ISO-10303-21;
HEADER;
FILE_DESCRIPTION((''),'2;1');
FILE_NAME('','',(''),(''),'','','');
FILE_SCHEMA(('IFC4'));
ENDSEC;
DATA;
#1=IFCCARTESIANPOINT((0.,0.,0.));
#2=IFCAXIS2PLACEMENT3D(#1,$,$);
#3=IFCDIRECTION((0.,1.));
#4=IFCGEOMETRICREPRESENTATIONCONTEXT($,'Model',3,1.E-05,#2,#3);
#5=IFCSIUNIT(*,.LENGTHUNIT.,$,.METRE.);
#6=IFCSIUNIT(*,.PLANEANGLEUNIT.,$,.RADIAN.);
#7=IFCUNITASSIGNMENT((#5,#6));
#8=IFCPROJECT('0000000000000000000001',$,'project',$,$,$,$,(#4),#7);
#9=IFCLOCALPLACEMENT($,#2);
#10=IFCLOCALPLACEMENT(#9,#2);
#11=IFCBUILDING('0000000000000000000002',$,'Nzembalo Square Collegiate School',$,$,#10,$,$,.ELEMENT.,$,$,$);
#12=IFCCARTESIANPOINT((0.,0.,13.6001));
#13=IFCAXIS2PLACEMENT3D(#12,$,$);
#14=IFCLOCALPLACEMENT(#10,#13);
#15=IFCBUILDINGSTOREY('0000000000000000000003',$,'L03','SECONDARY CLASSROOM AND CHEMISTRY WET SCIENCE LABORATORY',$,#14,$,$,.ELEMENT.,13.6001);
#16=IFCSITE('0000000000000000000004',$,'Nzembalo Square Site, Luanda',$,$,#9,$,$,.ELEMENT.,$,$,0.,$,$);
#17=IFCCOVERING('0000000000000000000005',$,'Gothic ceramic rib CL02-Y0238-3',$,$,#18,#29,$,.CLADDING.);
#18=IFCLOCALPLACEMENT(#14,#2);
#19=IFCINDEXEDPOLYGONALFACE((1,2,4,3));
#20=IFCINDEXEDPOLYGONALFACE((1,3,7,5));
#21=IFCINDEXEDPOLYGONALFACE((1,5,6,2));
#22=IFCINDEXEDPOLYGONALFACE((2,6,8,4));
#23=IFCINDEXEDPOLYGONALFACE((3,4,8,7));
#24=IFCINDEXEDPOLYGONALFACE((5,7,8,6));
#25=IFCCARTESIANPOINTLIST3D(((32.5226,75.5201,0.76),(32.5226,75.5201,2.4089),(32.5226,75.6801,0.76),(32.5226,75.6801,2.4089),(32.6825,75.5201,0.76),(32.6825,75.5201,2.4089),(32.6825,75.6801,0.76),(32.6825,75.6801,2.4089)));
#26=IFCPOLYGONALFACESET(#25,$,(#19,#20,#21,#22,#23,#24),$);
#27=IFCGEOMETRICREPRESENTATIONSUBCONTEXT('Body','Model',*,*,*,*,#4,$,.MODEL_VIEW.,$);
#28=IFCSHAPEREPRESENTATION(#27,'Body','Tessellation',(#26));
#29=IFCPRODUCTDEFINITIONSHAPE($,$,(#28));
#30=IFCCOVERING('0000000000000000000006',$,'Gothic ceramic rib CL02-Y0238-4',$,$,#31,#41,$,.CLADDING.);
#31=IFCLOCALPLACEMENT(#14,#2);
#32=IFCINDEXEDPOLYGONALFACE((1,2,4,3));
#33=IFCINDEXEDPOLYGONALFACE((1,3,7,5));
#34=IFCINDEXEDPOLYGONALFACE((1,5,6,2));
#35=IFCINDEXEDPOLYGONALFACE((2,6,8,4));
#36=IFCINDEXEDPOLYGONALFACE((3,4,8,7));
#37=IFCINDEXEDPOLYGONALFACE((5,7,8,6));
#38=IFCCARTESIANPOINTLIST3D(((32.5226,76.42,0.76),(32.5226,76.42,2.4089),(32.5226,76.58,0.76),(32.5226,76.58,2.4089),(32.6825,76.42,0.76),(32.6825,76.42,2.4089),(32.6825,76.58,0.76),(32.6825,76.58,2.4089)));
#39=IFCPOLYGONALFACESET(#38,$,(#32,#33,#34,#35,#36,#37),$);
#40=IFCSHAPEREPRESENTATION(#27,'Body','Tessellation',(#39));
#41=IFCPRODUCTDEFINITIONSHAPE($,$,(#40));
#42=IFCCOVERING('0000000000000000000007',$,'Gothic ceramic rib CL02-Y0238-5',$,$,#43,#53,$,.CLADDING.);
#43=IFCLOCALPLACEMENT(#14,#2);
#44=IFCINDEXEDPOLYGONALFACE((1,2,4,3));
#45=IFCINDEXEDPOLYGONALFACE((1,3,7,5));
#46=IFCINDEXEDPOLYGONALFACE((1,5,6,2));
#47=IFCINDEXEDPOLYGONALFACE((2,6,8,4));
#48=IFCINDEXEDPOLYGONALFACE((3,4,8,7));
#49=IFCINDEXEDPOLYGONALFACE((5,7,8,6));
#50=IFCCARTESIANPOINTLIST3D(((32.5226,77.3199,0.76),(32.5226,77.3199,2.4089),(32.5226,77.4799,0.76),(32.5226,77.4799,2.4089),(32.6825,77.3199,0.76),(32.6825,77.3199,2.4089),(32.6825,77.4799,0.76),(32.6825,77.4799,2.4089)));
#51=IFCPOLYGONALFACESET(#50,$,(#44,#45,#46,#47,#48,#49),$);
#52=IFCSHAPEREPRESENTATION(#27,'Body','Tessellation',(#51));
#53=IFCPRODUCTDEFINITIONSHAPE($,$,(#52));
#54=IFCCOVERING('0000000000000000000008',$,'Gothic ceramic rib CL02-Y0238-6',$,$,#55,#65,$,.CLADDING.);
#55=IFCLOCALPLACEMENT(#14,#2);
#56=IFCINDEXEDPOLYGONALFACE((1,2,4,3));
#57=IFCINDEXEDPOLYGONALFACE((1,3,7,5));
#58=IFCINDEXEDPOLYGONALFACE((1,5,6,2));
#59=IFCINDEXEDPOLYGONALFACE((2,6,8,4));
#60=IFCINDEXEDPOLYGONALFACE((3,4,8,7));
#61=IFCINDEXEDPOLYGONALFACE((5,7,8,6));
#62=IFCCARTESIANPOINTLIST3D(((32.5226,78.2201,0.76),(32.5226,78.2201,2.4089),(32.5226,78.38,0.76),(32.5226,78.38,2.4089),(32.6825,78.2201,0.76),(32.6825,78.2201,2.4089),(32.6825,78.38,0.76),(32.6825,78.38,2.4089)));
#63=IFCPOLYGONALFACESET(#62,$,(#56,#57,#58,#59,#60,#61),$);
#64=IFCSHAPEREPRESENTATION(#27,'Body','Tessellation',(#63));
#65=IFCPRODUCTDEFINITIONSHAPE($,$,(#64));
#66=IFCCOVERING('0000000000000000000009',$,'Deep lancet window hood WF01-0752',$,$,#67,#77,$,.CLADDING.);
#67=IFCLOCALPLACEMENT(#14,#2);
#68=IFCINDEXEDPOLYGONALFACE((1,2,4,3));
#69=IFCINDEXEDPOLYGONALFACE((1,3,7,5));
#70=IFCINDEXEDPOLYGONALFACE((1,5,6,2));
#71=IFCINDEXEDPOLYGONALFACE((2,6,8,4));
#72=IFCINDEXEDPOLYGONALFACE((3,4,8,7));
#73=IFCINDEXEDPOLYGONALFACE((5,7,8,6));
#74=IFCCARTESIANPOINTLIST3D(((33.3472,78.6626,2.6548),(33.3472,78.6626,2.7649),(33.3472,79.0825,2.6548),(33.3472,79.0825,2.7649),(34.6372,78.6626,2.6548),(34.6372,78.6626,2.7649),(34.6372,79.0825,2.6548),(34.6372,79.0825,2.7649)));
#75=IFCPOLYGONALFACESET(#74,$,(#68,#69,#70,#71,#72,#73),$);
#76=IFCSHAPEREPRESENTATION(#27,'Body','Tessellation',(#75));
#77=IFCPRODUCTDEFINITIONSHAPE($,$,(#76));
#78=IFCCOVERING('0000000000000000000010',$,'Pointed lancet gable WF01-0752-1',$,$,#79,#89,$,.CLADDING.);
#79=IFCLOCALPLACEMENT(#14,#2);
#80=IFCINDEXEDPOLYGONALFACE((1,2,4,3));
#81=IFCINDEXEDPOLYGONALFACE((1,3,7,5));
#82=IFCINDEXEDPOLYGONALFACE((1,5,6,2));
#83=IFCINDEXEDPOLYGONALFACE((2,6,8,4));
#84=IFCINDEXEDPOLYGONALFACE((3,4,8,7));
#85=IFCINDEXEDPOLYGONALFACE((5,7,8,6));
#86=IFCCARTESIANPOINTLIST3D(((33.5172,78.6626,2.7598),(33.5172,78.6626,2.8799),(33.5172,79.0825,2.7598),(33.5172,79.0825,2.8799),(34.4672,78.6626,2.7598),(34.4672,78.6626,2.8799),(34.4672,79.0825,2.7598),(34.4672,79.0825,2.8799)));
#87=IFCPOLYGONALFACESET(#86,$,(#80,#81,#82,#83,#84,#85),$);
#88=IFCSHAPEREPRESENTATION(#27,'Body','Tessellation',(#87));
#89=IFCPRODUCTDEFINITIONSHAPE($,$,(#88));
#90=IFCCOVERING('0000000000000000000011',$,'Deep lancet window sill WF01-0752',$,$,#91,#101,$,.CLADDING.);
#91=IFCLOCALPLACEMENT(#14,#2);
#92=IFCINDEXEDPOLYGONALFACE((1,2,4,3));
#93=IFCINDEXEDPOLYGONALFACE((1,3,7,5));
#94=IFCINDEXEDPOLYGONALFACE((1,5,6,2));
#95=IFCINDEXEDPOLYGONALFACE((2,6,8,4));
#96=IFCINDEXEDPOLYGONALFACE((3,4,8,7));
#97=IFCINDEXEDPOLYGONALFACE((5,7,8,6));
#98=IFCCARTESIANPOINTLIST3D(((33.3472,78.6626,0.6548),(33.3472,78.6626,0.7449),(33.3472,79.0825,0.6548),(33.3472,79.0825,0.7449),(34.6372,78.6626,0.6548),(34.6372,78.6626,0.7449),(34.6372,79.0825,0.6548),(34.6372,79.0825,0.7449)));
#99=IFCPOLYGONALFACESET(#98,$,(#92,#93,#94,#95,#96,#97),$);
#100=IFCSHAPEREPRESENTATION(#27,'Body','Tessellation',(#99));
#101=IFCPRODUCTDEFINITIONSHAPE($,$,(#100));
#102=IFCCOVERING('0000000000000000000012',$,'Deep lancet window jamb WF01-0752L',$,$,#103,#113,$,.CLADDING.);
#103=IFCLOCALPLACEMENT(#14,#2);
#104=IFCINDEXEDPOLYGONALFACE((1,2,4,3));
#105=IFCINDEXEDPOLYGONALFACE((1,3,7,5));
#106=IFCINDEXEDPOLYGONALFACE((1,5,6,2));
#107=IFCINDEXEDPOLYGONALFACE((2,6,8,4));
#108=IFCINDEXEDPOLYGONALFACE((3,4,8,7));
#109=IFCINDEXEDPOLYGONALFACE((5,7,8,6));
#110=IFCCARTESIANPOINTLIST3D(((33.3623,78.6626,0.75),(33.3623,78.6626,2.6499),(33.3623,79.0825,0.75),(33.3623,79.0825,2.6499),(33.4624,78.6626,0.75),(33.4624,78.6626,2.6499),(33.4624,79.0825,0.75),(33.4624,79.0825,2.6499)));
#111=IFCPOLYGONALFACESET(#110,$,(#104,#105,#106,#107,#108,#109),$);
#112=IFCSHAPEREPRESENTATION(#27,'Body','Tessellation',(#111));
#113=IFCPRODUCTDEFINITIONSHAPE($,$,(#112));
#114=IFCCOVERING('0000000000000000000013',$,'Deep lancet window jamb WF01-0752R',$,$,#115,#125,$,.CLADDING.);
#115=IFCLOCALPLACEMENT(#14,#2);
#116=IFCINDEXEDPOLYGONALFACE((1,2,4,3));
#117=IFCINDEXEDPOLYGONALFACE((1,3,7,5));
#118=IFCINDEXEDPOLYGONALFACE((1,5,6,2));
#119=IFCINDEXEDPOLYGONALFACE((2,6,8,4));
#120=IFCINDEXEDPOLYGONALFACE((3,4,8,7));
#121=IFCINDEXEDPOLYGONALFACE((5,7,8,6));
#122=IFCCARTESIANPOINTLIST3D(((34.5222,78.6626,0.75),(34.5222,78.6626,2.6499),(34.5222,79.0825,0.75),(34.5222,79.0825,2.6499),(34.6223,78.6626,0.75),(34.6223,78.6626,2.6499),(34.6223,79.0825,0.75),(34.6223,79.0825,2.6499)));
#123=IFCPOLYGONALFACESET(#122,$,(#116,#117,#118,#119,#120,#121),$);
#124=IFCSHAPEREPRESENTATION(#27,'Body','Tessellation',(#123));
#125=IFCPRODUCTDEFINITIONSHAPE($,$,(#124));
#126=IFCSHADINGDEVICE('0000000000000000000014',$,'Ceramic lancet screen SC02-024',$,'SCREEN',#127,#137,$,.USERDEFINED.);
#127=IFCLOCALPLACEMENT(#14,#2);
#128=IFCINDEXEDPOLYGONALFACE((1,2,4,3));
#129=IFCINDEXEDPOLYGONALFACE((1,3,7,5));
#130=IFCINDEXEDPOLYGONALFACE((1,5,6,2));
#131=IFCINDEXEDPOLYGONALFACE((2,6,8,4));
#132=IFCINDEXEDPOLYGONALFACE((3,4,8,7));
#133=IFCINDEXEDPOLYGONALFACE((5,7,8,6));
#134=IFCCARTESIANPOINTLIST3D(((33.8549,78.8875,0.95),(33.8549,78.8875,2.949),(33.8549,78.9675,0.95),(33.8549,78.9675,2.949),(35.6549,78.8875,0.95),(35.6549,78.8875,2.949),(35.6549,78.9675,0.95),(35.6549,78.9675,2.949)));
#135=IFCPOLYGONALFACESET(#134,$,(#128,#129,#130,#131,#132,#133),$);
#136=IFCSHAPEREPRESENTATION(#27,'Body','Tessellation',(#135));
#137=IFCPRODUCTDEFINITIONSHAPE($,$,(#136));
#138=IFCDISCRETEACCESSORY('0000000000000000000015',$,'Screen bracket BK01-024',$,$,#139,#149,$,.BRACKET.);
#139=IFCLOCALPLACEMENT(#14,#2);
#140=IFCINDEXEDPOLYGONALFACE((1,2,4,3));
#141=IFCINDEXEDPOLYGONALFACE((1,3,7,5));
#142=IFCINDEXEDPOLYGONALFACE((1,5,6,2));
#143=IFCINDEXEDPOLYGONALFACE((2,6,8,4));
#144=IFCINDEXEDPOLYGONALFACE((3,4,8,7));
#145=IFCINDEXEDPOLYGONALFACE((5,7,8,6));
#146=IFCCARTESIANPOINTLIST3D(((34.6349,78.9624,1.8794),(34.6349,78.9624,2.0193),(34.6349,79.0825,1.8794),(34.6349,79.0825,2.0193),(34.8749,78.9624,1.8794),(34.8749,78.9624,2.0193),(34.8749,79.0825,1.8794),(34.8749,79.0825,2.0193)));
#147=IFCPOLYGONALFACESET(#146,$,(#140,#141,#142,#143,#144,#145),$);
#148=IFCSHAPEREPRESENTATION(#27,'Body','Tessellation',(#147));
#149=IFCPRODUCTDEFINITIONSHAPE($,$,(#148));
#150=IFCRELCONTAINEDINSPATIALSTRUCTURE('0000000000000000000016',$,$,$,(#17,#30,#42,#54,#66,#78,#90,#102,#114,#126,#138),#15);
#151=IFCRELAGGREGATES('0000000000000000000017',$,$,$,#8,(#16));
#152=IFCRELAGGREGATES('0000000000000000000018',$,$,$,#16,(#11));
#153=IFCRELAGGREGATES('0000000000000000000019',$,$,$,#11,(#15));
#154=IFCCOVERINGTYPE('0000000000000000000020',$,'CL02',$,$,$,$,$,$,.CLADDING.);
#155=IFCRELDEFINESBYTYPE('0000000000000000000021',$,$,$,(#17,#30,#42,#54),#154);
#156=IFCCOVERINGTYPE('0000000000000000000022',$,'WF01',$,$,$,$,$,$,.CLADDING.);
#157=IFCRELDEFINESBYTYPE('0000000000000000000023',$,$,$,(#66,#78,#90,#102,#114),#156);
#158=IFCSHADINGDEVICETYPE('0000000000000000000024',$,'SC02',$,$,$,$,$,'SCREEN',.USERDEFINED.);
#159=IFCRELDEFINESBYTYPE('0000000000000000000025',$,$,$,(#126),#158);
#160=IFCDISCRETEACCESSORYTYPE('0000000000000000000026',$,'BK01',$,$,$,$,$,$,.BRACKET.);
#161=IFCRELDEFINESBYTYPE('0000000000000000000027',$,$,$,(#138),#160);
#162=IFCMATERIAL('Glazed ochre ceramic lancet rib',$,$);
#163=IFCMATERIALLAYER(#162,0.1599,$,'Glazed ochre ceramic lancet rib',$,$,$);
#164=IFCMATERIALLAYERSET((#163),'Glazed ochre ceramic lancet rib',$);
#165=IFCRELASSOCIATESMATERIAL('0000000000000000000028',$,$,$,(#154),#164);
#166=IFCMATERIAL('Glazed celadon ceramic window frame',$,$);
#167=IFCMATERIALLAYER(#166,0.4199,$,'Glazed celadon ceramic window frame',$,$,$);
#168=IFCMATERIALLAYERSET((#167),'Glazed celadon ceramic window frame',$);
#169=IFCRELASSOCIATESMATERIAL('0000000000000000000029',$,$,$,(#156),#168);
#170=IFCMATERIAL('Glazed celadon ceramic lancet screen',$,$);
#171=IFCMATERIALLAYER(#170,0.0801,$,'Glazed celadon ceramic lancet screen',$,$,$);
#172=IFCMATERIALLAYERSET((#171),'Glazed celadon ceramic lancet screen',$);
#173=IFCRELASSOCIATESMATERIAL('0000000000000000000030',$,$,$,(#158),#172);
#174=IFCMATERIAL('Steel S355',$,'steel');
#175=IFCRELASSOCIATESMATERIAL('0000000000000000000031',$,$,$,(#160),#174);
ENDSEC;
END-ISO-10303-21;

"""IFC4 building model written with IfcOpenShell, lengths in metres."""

from ifc_helpers import new_model, si_unit, direction, frame, origin, origin_2d, place, context, subcontext, project, spatial, rectangle, extrude, material, layer, layer_set, type_object, element, save


model = new_model("IFC4")

# Units and contexts
model_context = context("Model", 3, precision=1e-05, world=origin(), true_north=direction((0.0, 1.0)))
body_context = subcontext(model_context, "Body", "Model", "MODEL_VIEW")
ifc_project = project(units=[si_unit("LENGTHUNIT", "METRE"), si_unit("PLANEANGLEUNIT", "RADIAN")], contexts=[model_context])

# Site, building, storey
site_placement = place(None, origin())
site = spatial("IfcSite", under=ifc_project, at=site_placement, Name="Nzembalo Square Site, Luanda", CompositionType="ELEMENT", RefElevation=0.0)
building_placement = place(site_placement, origin())
building = spatial("IfcBuilding", under=site, at=building_placement, Name="Nzembalo Square Collegiate School", CompositionType="ELEMENT")
storey_placement = place(building_placement, frame((0.0, 0.0, 13.6001)))
storey = spatial("IfcBuildingStorey", under=building, at=storey_placement, Name="L03", Description="SECONDARY CLASSROOM AND CHEMISTRY WET SCIENCE LABORATORY", CompositionType="ELEMENT", Elevation=13.6001)

# Coverings
ifc_material_1 = material(Name="Glazed ochre ceramic lancet rib")
ifc_layer_1 = layer(ifc_material_1, 0.1599, Name="Glazed ochre ceramic lancet rib")
ifc_layer_set_1 = layer_set([ifc_layer_1], Name="Glazed ochre ceramic lancet rib")
covering_type_1 = type_object("IfcCoveringType", Name="CL02", PredefinedType="CLADDING", material=ifc_layer_set_1)
for number, where, z_axis, x_axis, name in (
    (1, (32.6025, 75.6001, 0.76), (0.0, 0.0, 1.0), (1.0, 0.0, 0.0), "Gothic ceramic rib CL02-Y0238-3"),
    (2, (32.6025, 76.5, 0.76), (0.0, 0.0, 1.0), (1.0, 0.0, 0.0), "Gothic ceramic rib CL02-Y0238-4"),
    (3, (32.6025, 77.3999, 0.76), (0.0, 0.0, 1.0), (1.0, 0.0, 0.0), "Gothic ceramic rib CL02-Y0238-5"),
    (4, (32.6025, 78.3, 0.76), (0.0, 0.0, 1.0), (1.0, 0.0, 0.0), "Gothic ceramic rib CL02-Y0238-6"),
):
    element("IfcCovering", number, at=place(storey_placement, frame(where, z_axis=z_axis, x_axis=x_axis)), inside=storey, type_object=covering_type_1, Name=name, PredefinedType="CLADDING", context=body_context, shape_type="SweptSolid", body=[
        extrude(rectangle(XDim=0.1599, YDim=0.1599, at=origin_2d()), origin(), (0.0, 0.0, 1.0), 1.6489),
    ])
ifc_material_2 = material(Name="Glazed celadon ceramic window frame")
ifc_layer_2 = layer(ifc_material_2, 0.4199, Name="Glazed celadon ceramic window frame")
ifc_layer_set_2 = layer_set([ifc_layer_2], Name="Glazed celadon ceramic window frame")
covering_type_2 = type_object("IfcCoveringType", Name="WF01", PredefinedType="CLADDING", material=ifc_layer_set_2)
covering_1_placement = place(storey_placement, frame((33.9922, 78.8726, 2.6548), z_axis=(0.0, 0.0, 1.0), x_axis=(1.0, 0.0, 0.0)))
element("IfcCovering", 5, at=covering_1_placement, inside=storey, type_object=covering_type_2, Name="Deep lancet window hood WF01-0752", PredefinedType="CLADDING", context=body_context, shape_type="SweptSolid", body=[
    extrude(rectangle(XDim=1.29, YDim=0.4199, at=origin_2d()), origin(), (0.0, 0.0, 1.0), 0.1101),
])
covering_2_placement = place(storey_placement, frame((33.9922, 78.8726, 2.7598), z_axis=(0.0, 0.0, 1.0), x_axis=(1.0, 0.0, 0.0)))
element("IfcCovering", 6, at=covering_2_placement, inside=storey, type_object=covering_type_2, Name="Pointed lancet gable WF01-0752-1", PredefinedType="CLADDING", context=body_context, shape_type="SweptSolid", body=[
    extrude(rectangle(XDim=0.95, YDim=0.4199, at=origin_2d()), origin(), (0.0, 0.0, 1.0), 0.1201),
])
covering_3_placement = place(storey_placement, frame((33.9922, 78.8726, 0.6548), z_axis=(0.0, 0.0, 1.0), x_axis=(1.0, 0.0, 0.0)))
element("IfcCovering", 7, at=covering_3_placement, inside=storey, type_object=covering_type_2, Name="Deep lancet window sill WF01-0752", PredefinedType="CLADDING", context=body_context, shape_type="SweptSolid", body=[
    extrude(rectangle(XDim=1.29, YDim=0.4199, at=origin_2d()), origin(), (0.0, 0.0, 1.0), 0.0901),
])
for number, where, z_axis, x_axis, name in (
    (8, (33.4124, 78.8726, 0.75), (0.0, 0.0, 1.0), (1.0, 0.0, 0.0), "Deep lancet window jamb WF01-0752L"),
    (9, (34.5723, 78.8726, 0.75), (0.0, 0.0, 1.0), (1.0, 0.0, 0.0), "Deep lancet window jamb WF01-0752R"),
):
    element("IfcCovering", number, at=place(storey_placement, frame(where, z_axis=z_axis, x_axis=x_axis)), inside=storey, type_object=covering_type_2, Name=name, PredefinedType="CLADDING", context=body_context, shape_type="SweptSolid", body=[
        extrude(rectangle(XDim=0.1001, YDim=0.4199, at=origin_2d()), origin(), (0.0, 0.0, 1.0), 1.8999),
    ])

# Shading device
ifc_material_3 = material(Name="Glazed celadon ceramic lancet screen")
ifc_layer_3 = layer(ifc_material_3, 0.0801, Name="Glazed celadon ceramic lancet screen")
ifc_layer_set_3 = layer_set([ifc_layer_3], Name="Glazed celadon ceramic lancet screen")
shading_device_type = type_object("IfcShadingDeviceType", Name="SC02", ElementType="SCREEN", PredefinedType="USERDEFINED", material=ifc_layer_set_3)
shading_device_placement = place(storey_placement, frame((34.7549, 78.9275, 0.95), z_axis=(0.0, 0.0, 1.0), x_axis=(1.0, 0.0, 0.0)))
element("IfcShadingDevice", 10, at=shading_device_placement, inside=storey, type_object=shading_device_type, Name="Ceramic lancet screen SC02-024", ObjectType="SCREEN", PredefinedType="USERDEFINED", context=body_context, shape_type="SweptSolid", body=[
    extrude(rectangle(XDim=1.8, YDim=0.0801, at=origin_2d()), origin(), (0.0, 0.0, 1.0), 1.999),
])

# Discrete accessory
ifc_material_4 = material(Name="Steel S355", Category="steel")
discrete_accessory_type = type_object("IfcDiscreteAccessoryType", Name="BK01", PredefinedType="BRACKET", material=ifc_material_4)
discrete_accessory_placement = place(storey_placement, frame((34.7549, 79.0225, 1.8794), z_axis=(0.0, 0.0, 1.0), x_axis=(1.0, 0.0, 0.0)))
element("IfcDiscreteAccessory", 11, at=discrete_accessory_placement, inside=storey, type_object=discrete_accessory_type, Name="Screen bracket BK01-024", PredefinedType="BRACKET", context=body_context, shape_type="SweptSolid", body=[
    extrude(rectangle(XDim=0.24, YDim=0.1201, at=origin_2d()), origin(), (0.0, 0.0, 1.0), 0.1399),
])

save(model, "model.ifc")
